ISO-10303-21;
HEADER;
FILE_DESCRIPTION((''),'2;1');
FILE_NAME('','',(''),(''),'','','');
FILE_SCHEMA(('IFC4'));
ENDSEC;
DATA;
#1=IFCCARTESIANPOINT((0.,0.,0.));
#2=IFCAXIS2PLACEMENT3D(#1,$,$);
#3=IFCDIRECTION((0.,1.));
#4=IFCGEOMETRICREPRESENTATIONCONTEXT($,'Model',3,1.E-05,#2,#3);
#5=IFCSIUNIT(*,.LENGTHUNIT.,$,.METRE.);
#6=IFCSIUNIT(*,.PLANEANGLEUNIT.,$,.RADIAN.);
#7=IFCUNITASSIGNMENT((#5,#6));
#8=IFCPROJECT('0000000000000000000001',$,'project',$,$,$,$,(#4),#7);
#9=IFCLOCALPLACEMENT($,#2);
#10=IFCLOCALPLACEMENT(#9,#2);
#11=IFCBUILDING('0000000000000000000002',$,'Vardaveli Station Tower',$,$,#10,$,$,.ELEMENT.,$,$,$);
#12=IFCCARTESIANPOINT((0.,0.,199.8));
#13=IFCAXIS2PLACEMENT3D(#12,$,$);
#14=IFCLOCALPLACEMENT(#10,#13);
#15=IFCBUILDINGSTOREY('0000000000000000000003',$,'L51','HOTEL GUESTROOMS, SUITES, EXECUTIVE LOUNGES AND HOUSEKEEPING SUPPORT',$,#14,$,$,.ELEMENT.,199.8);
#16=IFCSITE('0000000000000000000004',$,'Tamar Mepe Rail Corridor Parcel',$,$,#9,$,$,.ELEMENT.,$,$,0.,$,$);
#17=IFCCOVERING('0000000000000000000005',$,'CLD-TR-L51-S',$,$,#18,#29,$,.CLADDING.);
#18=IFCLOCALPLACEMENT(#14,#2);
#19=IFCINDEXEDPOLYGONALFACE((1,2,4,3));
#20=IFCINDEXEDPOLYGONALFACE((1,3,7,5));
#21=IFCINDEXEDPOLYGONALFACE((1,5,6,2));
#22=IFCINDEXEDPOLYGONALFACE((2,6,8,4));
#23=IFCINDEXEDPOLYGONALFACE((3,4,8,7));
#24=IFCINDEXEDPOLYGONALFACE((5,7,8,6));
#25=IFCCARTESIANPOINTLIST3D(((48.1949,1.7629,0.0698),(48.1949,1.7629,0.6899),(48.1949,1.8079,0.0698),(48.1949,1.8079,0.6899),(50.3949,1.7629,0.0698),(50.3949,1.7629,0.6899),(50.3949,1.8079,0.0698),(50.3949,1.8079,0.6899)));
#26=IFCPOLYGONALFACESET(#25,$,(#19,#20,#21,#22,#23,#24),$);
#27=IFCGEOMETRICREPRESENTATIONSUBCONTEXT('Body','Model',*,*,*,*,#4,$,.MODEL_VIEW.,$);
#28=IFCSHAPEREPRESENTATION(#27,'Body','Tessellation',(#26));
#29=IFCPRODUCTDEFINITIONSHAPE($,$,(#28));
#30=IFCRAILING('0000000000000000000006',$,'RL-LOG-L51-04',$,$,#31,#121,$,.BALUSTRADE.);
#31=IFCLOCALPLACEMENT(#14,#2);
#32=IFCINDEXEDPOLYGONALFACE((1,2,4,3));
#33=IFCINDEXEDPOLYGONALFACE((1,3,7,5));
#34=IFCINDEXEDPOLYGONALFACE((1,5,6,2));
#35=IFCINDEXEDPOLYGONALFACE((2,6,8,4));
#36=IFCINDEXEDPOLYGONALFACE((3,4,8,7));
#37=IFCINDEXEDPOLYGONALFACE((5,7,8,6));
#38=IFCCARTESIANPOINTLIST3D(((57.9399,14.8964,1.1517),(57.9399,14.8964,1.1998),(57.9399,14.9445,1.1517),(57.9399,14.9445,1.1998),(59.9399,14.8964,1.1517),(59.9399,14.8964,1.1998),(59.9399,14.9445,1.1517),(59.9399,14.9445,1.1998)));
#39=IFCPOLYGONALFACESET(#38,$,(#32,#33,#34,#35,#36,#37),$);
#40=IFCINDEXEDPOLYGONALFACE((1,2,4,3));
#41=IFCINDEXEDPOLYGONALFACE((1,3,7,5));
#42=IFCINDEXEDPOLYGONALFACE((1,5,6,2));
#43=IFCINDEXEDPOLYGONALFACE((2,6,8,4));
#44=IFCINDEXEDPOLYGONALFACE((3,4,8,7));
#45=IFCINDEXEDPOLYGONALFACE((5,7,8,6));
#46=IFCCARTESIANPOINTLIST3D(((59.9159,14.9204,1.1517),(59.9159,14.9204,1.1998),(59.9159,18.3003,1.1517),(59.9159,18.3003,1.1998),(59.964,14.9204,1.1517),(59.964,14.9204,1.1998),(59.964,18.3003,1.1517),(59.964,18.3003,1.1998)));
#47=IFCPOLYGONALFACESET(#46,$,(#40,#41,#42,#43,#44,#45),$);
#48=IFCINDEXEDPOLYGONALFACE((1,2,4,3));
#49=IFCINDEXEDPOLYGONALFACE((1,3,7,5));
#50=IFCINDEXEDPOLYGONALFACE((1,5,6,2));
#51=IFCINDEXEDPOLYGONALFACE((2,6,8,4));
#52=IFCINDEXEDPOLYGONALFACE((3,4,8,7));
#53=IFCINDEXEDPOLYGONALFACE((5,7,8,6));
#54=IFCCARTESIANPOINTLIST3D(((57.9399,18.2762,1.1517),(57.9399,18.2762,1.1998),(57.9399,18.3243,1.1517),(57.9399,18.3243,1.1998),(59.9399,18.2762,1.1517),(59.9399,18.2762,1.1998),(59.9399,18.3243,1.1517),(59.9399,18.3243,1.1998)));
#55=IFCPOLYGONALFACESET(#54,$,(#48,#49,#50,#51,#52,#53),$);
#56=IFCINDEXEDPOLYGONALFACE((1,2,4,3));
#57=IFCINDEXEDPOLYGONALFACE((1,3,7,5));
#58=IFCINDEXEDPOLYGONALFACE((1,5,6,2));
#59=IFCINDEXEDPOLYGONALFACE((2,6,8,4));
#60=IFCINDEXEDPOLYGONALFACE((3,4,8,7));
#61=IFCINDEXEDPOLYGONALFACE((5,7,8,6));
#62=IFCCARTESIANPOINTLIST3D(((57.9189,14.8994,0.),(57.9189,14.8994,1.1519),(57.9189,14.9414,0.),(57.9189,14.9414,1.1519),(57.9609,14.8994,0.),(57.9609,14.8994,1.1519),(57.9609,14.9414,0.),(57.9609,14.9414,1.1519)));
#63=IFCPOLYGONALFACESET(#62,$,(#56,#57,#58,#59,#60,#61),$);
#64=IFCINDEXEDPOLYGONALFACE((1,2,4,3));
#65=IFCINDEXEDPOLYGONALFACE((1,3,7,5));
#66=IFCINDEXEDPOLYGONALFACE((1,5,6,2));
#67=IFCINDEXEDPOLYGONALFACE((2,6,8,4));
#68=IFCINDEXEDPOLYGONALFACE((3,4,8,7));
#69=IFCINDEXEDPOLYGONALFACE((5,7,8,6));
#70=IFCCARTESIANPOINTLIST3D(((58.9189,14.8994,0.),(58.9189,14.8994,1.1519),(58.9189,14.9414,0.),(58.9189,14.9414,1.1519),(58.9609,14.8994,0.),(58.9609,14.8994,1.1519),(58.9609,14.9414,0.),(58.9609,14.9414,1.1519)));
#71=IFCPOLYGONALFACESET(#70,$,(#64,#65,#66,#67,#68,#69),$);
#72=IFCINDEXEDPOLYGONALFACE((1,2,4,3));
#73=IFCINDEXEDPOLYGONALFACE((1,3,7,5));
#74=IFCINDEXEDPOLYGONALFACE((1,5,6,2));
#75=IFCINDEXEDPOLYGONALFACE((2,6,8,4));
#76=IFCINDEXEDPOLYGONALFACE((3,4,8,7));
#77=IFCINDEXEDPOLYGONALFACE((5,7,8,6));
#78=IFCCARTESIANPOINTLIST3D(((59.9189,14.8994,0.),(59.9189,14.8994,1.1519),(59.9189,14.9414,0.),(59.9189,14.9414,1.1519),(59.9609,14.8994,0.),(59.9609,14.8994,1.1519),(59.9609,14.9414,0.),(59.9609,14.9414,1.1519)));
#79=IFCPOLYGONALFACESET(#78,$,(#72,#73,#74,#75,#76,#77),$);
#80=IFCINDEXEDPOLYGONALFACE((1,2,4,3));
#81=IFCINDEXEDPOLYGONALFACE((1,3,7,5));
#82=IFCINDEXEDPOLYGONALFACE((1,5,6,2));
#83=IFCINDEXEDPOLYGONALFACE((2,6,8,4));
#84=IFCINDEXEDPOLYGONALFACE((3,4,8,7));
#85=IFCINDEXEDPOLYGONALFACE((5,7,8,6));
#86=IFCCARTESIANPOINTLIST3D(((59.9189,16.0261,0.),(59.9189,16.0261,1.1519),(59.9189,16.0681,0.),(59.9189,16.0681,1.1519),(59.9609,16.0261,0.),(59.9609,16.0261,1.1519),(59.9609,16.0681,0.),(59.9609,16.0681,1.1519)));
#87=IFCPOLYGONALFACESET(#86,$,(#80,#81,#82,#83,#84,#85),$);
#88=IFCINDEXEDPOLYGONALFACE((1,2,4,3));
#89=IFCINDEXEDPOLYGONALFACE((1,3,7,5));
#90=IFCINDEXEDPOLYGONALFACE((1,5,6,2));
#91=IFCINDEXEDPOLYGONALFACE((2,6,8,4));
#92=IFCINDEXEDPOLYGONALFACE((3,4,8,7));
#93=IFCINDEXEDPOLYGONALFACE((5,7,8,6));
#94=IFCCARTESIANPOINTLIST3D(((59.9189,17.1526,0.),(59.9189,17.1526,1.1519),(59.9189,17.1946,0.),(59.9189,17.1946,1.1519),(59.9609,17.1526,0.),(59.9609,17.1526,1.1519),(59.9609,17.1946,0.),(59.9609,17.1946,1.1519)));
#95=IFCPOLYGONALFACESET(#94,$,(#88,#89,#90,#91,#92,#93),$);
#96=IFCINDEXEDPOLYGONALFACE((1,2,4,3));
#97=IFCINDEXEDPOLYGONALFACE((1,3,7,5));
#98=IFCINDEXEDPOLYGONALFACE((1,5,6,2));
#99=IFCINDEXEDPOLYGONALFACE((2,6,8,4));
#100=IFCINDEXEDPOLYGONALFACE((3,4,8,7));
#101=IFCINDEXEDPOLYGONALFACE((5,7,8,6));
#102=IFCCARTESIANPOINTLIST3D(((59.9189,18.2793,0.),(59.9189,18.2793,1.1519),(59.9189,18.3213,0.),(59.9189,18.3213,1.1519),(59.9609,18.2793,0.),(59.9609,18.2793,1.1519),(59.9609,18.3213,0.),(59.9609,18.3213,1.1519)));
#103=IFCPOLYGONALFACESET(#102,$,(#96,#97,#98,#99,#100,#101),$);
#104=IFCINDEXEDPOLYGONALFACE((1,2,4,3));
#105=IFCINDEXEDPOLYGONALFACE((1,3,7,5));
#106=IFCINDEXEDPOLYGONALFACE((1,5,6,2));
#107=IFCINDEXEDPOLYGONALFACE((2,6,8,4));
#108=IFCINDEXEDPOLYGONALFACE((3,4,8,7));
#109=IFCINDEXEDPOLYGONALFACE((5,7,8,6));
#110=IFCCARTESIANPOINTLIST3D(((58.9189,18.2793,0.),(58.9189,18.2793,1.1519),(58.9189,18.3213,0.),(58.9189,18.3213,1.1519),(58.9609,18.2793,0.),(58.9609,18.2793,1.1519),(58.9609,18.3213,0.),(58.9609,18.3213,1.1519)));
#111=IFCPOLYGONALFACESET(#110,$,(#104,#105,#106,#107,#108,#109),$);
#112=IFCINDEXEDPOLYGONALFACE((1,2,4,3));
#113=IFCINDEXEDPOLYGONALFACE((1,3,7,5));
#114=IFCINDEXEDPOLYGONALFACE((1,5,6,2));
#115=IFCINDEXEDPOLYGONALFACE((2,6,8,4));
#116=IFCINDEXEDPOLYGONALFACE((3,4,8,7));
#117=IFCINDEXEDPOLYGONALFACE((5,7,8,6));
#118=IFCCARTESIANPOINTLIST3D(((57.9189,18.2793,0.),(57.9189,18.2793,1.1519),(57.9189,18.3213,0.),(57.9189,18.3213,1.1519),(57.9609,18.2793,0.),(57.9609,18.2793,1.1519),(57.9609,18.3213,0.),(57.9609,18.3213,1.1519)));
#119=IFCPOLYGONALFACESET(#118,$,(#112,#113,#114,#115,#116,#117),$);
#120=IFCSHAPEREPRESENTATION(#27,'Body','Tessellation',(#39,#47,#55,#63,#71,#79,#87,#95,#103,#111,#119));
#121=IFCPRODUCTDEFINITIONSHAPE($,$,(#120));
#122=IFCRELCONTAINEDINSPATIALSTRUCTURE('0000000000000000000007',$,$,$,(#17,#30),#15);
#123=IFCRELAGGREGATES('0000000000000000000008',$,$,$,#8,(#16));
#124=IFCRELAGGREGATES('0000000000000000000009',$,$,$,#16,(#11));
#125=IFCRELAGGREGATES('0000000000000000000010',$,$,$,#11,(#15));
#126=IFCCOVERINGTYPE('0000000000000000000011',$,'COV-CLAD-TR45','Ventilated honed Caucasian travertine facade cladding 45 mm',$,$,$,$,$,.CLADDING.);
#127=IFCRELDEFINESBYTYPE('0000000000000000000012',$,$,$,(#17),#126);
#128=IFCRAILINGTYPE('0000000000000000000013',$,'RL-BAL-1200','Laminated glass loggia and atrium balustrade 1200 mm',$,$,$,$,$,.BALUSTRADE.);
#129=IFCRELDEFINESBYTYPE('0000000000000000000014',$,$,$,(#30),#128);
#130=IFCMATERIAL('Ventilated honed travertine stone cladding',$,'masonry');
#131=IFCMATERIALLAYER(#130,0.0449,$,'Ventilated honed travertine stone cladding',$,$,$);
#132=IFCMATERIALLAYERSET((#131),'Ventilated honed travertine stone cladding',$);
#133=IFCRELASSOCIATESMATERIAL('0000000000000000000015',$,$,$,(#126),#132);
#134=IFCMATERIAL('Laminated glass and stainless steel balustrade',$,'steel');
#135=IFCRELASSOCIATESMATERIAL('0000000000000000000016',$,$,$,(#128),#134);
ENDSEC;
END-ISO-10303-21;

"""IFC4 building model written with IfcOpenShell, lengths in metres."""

from ifc_helpers import new_model, si_unit, direction, frame, origin, origin_2d, place, context, subcontext, project, spatial, rectangle, extrude, source, transform, mapped, material, layer, layer_set, type_object, element, save


model = new_model("IFC4")

# Units and contexts
model_context = context("Model", 3, precision=1e-05, world=origin(), true_north=direction((0.0, 1.0)))
body_context = subcontext(model_context, "Body", "Model", "MODEL_VIEW")
ifc_project = project(units=[si_unit("LENGTHUNIT", "METRE"), si_unit("PLANEANGLEUNIT", "RADIAN")], contexts=[model_context])

# Site, building, storey
site_placement = place(None, origin())
site = spatial("IfcSite", under=ifc_project, at=site_placement, Name="Tamar Mepe Rail Corridor Parcel", CompositionType="ELEMENT", RefElevation=0.0)
building_placement = place(site_placement, origin())
building = spatial("IfcBuilding", under=site, at=building_placement, Name="Vardaveli Station Tower", CompositionType="ELEMENT")
storey_placement = place(building_placement, frame((0.0, 0.0, 199.8)))
storey = spatial("IfcBuildingStorey", under=building, at=storey_placement, Name="L51", Description="HOTEL GUESTROOMS, SUITES, EXECUTIVE LOUNGES AND HOUSEKEEPING SUPPORT", CompositionType="ELEMENT", Elevation=199.8)

# Covering
ifc_material_1 = material(Name="Ventilated honed travertine stone cladding", Category="masonry")
ifc_layer_1 = layer(ifc_material_1, 0.0449, Name="Ventilated honed travertine stone cladding")
ifc_layer_set_1 = layer_set([ifc_layer_1], Name="Ventilated honed travertine stone cladding")
covering_type = type_object("IfcCoveringType", Name="COV-CLAD-TR45", Description="Ventilated honed Caucasian travertine facade cladding 45 mm", PredefinedType="CLADDING", material=ifc_layer_set_1)
shared_shape_1 = source(origin(), body_context, "Body", "SweptSolid", [
    extrude(rectangle(XDim=2.2, YDim=0.0449, at=origin_2d()), origin(), (0.0, 0.0, 1.0), 0.6201),
])
covering_placement = place(storey_placement, frame((49.2949, 1.7854, 0.0698), z_axis=(0.0, 0.0, 1.0), x_axis=(1.0, 0.0, 0.0)))
element("IfcCovering", 1, at=covering_placement, inside=storey, type_object=covering_type, Name="CLD-TR-L51-S", PredefinedType="CLADDING", context=body_context, shape_type="MappedRepresentation", body=[
    mapped(shared_shape_1, transform((0.0, 0.0, 0.0), scale=1.0)),
])

# Railing
ifc_material_2 = material(Name="Laminated glass and stainless steel balustrade", Category="steel")
railing_type = type_object("IfcRailingType", Name="RL-BAL-1200", Description="Laminated glass loggia and atrium balustrade 1200 mm", PredefinedType="BALUSTRADE", material=ifc_material_2)
shared_shape_2 = source(origin(), body_context, "Body", "SweptSolid", [
    extrude(rectangle(XDim=0.0481, YDim=0.0481, at=origin_2d()), frame((0.0, 0.0, 1.1758), z_axis=(1.0, 0.0, 0.0), x_axis=(0.0, 1.0, 0.0)), (0.0, 0.0, 1.0), 2.0),
    extrude(rectangle(XDim=0.0481, YDim=0.0481, at=origin_2d()), frame((2.0, 0.0, 1.1758), z_axis=(0.0, 1.0, 0.0), x_axis=(-1.0, 0.0, 0.0)), (0.0, 0.0, 1.0), 3.3799),
    extrude(rectangle(XDim=0.0481, YDim=0.0481, at=origin_2d()), frame((2.0, 3.3799, 1.1758), z_axis=(-1.0, 0.0, 0.0), x_axis=(0.0, -1.0, 0.0)), (0.0, 0.0, 1.0), 2.0),
    extrude(rectangle(XDim=0.042, YDim=0.042, at=origin_2d()), origin(), (0.0, 0.0, 1.0), 1.1519),
    extrude(rectangle(XDim=0.042, YDim=0.042, at=origin_2d()), frame((1.0, 0.0, 0.0)), (0.0, 0.0, 1.0), 1.1519),
    extrude(rectangle(XDim=0.042, YDim=0.042, at=origin_2d()), frame((2.0, 0.0, 0.0)), (0.0, 0.0, 1.0), 1.1519),
    extrude(rectangle(XDim=0.042, YDim=0.042, at=origin_2d()), frame((2.0, 1.1267, 0.0)), (0.0, 0.0, 1.0), 1.1519),
    extrude(rectangle(XDim=0.042, YDim=0.042, at=origin_2d()), frame((2.0, 2.2532, 0.0)), (0.0, 0.0, 1.0), 1.1519),
    extrude(rectangle(XDim=0.042, YDim=0.042, at=origin_2d()), frame((2.0, 3.3799, 0.0)), (0.0, 0.0, 1.0), 1.1519),
    extrude(rectangle(XDim=0.042, YDim=0.042, at=origin_2d()), frame((1.0, 3.3799, 0.0)), (0.0, 0.0, 1.0), 1.1519),
    extrude(rectangle(XDim=0.042, YDim=0.042, at=origin_2d()), frame((0.0, 3.3799, 0.0)), (0.0, 0.0, 1.0), 1.1519),
])
railing_placement = place(storey_placement, frame((57.9399, 14.9204, 0.0)))
element("IfcRailing", 2, at=railing_placement, inside=storey, type_object=railing_type, Name="RL-LOG-L51-04", PredefinedType="BALUSTRADE", context=body_context, shape_type="MappedRepresentation", body=[
    mapped(shared_shape_2, transform((0.0, 0.0, 0.0), scale=1.0)),
])

save(model, "model.ifc")
